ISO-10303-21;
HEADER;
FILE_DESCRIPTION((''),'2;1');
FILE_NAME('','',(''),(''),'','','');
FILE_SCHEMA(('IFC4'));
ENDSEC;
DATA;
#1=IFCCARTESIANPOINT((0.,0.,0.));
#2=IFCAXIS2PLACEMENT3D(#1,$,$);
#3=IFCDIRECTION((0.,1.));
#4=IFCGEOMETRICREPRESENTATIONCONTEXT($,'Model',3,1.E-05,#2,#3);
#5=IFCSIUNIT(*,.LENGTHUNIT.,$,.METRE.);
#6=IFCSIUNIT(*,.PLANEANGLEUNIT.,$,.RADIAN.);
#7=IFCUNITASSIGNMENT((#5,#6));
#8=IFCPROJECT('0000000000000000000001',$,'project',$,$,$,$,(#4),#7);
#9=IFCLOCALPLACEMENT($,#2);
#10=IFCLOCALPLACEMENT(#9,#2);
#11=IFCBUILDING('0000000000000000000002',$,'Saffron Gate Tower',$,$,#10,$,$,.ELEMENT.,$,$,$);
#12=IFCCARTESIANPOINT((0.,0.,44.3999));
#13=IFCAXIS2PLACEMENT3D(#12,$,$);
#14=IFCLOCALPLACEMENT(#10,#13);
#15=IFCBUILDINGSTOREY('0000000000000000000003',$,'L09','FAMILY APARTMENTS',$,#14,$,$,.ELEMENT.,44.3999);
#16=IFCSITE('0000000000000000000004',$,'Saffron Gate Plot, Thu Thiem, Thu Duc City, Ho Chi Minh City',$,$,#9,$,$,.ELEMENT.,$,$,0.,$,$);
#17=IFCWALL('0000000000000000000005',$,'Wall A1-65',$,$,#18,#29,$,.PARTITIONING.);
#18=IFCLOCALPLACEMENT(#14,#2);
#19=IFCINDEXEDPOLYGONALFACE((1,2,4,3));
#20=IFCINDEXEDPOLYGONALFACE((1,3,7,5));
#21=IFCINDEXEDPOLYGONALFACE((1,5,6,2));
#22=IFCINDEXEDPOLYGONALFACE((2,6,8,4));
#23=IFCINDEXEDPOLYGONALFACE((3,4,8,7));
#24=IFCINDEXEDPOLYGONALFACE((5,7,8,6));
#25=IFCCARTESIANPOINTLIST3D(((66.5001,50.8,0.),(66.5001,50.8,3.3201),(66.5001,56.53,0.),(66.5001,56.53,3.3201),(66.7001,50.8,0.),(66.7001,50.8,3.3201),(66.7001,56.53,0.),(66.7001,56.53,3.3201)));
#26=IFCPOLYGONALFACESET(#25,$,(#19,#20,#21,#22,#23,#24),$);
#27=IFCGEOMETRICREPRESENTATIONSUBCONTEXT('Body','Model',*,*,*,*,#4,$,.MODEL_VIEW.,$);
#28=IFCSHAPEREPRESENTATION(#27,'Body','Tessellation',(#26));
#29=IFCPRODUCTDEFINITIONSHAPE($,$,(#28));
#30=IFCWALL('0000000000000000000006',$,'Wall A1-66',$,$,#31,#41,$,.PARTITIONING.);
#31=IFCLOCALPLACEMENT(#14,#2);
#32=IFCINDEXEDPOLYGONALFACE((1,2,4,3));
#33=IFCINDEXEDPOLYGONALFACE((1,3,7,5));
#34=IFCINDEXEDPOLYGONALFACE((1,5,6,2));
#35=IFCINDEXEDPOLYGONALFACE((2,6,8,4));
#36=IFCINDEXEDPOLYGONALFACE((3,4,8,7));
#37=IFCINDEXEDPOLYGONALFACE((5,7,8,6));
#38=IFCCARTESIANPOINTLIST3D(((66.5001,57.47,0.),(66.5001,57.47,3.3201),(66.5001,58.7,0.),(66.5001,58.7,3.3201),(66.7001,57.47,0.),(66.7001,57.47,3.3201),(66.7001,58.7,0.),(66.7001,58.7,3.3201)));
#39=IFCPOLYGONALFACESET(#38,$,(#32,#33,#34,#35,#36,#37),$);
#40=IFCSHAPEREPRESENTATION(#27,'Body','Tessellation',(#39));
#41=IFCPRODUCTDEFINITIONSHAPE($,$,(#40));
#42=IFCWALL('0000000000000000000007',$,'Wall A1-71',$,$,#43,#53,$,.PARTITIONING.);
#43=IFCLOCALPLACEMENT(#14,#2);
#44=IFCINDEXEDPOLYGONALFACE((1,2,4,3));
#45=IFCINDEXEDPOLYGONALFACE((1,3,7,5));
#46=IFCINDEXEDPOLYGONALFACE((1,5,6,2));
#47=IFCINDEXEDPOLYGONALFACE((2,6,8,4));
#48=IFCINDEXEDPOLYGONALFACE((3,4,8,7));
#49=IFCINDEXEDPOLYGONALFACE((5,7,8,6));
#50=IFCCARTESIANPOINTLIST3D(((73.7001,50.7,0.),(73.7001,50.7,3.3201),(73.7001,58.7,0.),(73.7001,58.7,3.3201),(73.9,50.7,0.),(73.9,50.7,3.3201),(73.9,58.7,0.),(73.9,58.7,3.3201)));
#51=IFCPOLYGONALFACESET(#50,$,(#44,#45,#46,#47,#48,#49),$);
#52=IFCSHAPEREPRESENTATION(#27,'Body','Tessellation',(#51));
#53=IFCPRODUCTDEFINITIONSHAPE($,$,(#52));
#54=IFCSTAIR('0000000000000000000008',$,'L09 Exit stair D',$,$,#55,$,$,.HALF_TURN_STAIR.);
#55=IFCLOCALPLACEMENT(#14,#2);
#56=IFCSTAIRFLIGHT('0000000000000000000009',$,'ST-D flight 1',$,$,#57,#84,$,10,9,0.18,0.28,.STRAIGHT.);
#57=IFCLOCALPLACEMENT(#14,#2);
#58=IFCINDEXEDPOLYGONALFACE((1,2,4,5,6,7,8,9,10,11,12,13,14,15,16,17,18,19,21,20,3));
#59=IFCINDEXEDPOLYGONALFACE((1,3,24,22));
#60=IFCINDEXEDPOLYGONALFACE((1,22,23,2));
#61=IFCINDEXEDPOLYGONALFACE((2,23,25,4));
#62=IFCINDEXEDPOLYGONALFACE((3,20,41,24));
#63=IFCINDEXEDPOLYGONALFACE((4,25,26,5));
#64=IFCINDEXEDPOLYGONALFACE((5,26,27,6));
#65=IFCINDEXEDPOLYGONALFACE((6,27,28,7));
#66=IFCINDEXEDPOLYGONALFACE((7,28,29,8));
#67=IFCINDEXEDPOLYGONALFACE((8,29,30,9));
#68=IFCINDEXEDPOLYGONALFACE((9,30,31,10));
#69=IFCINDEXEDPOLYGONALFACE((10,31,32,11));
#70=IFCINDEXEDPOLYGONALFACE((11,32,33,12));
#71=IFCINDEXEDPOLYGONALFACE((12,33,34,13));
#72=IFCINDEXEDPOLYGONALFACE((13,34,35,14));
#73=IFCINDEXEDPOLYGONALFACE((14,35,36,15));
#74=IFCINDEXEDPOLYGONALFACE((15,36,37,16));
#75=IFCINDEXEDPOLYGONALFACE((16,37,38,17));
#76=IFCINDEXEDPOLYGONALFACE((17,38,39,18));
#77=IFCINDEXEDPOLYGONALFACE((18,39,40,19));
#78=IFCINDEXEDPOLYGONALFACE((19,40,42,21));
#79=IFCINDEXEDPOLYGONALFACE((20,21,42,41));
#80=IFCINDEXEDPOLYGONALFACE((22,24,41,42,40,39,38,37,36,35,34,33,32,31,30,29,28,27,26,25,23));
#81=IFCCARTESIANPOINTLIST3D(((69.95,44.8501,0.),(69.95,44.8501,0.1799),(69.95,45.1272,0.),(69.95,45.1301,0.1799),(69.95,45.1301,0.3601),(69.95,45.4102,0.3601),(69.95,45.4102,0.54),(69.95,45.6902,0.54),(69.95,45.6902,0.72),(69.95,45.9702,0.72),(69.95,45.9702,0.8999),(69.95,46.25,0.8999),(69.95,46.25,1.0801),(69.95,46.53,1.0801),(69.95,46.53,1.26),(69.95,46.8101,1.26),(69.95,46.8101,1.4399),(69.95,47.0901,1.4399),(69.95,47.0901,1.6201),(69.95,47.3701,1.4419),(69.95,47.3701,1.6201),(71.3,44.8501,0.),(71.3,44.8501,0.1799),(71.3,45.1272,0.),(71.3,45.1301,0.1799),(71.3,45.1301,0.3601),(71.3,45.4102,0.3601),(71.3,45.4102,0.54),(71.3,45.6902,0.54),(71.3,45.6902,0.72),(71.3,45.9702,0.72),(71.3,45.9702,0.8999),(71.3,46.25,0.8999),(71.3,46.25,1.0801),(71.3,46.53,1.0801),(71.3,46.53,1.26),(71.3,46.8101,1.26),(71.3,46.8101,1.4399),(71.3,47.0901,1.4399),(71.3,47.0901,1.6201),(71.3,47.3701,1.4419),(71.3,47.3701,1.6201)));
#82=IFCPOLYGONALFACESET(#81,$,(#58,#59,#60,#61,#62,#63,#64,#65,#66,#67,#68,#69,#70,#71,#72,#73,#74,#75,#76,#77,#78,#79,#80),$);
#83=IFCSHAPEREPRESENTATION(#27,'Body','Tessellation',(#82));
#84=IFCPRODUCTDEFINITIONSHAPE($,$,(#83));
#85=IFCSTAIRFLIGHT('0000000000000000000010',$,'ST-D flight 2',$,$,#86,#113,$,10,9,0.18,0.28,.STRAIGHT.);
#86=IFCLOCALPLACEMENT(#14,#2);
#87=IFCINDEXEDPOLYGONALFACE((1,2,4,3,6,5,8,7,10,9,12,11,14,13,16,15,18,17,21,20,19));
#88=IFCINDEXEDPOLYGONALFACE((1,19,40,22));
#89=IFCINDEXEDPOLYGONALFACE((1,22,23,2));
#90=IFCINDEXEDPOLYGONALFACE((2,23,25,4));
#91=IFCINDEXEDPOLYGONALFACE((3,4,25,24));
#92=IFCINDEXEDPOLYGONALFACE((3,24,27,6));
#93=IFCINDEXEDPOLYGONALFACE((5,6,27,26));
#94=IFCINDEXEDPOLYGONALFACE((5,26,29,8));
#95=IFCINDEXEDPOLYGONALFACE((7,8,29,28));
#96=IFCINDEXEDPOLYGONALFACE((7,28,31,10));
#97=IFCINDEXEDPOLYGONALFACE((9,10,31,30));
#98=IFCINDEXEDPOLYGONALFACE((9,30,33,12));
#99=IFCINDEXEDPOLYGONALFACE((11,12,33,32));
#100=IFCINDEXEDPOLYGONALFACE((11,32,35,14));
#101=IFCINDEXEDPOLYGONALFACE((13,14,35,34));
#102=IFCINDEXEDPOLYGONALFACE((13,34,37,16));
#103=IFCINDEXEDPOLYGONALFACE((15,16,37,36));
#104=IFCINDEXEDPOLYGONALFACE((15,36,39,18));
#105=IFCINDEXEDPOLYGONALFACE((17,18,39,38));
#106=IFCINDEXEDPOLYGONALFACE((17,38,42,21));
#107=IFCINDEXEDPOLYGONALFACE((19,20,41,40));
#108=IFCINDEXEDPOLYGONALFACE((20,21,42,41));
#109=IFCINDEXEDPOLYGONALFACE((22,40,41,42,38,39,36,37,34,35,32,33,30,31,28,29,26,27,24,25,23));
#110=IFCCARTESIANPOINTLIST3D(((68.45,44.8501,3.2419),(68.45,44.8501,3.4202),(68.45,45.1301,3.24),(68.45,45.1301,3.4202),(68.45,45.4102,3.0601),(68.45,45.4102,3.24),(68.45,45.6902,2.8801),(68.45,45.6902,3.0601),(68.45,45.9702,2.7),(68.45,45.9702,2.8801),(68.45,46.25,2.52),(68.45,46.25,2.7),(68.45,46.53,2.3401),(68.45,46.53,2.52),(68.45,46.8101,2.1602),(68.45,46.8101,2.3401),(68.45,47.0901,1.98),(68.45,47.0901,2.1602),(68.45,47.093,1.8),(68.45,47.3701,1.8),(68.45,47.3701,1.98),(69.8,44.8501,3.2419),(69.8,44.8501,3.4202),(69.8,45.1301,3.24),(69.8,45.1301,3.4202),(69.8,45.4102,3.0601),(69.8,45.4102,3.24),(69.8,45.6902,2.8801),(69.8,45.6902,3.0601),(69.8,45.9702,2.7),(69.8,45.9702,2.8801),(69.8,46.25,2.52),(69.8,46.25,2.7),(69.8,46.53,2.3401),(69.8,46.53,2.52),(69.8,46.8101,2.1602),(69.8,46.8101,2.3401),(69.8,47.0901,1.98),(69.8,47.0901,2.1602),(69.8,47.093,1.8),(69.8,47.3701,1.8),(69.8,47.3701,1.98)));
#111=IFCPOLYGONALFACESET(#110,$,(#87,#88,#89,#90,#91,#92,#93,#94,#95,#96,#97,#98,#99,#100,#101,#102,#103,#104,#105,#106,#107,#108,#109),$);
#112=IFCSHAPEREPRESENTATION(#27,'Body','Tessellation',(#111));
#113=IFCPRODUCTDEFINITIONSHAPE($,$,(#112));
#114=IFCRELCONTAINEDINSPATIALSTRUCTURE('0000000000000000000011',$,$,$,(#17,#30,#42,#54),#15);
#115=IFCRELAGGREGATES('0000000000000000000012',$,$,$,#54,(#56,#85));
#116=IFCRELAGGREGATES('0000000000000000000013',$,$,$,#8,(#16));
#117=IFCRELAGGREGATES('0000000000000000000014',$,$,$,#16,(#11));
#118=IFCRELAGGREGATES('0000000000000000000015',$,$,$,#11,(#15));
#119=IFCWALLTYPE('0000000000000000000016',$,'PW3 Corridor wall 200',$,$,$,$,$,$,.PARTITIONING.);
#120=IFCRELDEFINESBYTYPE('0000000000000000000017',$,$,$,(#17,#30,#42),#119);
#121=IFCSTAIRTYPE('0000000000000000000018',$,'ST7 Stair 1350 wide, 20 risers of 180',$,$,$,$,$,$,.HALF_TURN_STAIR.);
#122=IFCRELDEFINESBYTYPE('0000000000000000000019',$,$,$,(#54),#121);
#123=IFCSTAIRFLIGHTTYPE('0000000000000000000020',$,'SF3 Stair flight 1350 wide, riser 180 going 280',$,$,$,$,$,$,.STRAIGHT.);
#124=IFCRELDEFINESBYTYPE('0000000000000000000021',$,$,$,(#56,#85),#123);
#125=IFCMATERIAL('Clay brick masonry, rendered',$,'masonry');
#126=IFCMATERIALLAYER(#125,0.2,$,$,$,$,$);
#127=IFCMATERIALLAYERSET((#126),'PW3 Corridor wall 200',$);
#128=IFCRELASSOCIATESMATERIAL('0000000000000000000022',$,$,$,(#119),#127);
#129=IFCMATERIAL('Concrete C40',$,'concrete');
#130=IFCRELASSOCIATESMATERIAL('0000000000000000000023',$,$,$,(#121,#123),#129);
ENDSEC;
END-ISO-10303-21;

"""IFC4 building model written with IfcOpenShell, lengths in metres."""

from ifc_helpers import new_model, si_unit, direction, frame, frame_2d, origin, place, context, subcontext, project, spatial, polyline, rectangle, outline, extrude, material, layer, layer_set, type_object, element, aggregate, save


model = new_model("IFC4")

# Units and contexts
model_context = context("Model", 3, precision=1e-05, world=origin(), true_north=direction((0.0, 1.0)))
body_context = subcontext(model_context, "Body", "Model", "MODEL_VIEW")
ifc_project = project(units=[si_unit("LENGTHUNIT", "METRE"), si_unit("PLANEANGLEUNIT", "RADIAN")], contexts=[model_context])

# Site, building, storey
site_placement = place(None, origin())
site = spatial("IfcSite", under=ifc_project, at=site_placement, Name="Saffron Gate Plot, Thu Thiem, Thu Duc City, Ho Chi Minh City", CompositionType="ELEMENT", RefElevation=0.0)
building_placement = place(site_placement, origin())
building = spatial("IfcBuilding", under=site, at=building_placement, Name="Saffron Gate Tower", CompositionType="ELEMENT")
storey_placement = place(building_placement, frame((0.0, 0.0, 44.3999)))
storey = spatial("IfcBuildingStorey", under=building, at=storey_placement, Name="L09", Description="FAMILY APARTMENTS", CompositionType="ELEMENT", Elevation=44.3999)

# Shared definitions
ifc_material_1 = material(Name="Clay brick masonry, rendered", Category="masonry")
ifc_layer_1 = layer(ifc_material_1, 0.2)
ifc_layer_set_1 = layer_set([ifc_layer_1], Name="PW3 Corridor wall 200")
wall_type_1 = type_object("IfcWallType", Name="PW3 Corridor wall 200", PredefinedType="PARTITIONING", material=ifc_layer_set_1)

# Walls
wall_1_placement = place(storey_placement, frame((66.6001, 56.53, 0.0), z_axis=(0.0, 0.0, 1.0), x_axis=(0.0, -1.0, 0.0)))
element("IfcWall", 1, at=wall_1_placement, inside=storey, type_object=wall_type_1, Name="Wall A1-65", PredefinedType="PARTITIONING", context=body_context, shape_type="SweptSolid", body=[
    extrude(rectangle(XDim=5.73, YDim=0.2, at=frame_2d((2.865, 0.0))), origin(), (0.0, 0.0, 1.0), 3.3201),
])
wall_2_placement = place(storey_placement, frame((66.6001, 58.7, 0.0), z_axis=(0.0, 0.0, 1.0), x_axis=(0.0, -1.0, 0.0)))
element("IfcWall", 2, at=wall_2_placement, inside=storey, type_object=wall_type_1, Name="Wall A1-66", PredefinedType="PARTITIONING", context=body_context, shape_type="SweptSolid", body=[
    extrude(rectangle(XDim=1.23, YDim=0.2, at=frame_2d((0.615, 0.0))), origin(), (0.0, 0.0, 1.0), 3.3201),
])
wall_3_placement = place(storey_placement, frame((73.8, 58.7, 0.0), z_axis=(0.0, 0.0, 1.0), x_axis=(0.0, -1.0, 0.0)))
element("IfcWall", 3, at=wall_3_placement, inside=storey, type_object=wall_type_1, Name="Wall A1-71", PredefinedType="PARTITIONING", context=body_context, shape_type="SweptSolid", body=[
    extrude(rectangle(XDim=8.0, YDim=0.2, at=frame_2d((4.0, 0.0))), origin(), (0.0, 0.0, 1.0), 3.3201),
])

# Stair, stair flights
ifc_material_2 = material(Name="Concrete C40", Category="concrete")
stair_type = type_object("IfcStairType", Name="ST7 Stair 1350 wide, 20 risers of 180", PredefinedType="HALF_TURN_STAIR", material=ifc_material_2)
stair_placement = place(storey_placement, origin())
stair = element("IfcStair", 4, at=stair_placement, inside=storey, type_object=stair_type, Name="L09 Exit stair D", PredefinedType="HALF_TURN_STAIR")
stair_flight_type = type_object("IfcStairFlightType", Name="SF3 Stair flight 1350 wide, riser 180 going 280", PredefinedType="STRAIGHT", material=ifc_material_2)
stair_flight_1_placement = place(storey_placement, frame((70.625, 44.8501, 0.0), z_axis=(0.0, 0.0, 1.0), x_axis=(0.0, 1.0, 0.0)))
stair_flight_1 = element("IfcStairFlight", 5, at=stair_flight_1_placement, type_object=stair_flight_type, Name="ST-D flight 1", NumberOfRisers=10, NumberOfTreads=9, PredefinedType="STRAIGHT", RiserHeight=0.18, TreadLength=0.28, context=body_context, shape_type="SweptSolid", body=[
    extrude(outline(polyline([(0.0, 0.0), (0.0, 0.1799), (0.28, 0.1799), (0.28, 0.3601), (0.5601, 0.3601), (0.5601, 0.54), (0.8401, 0.54), (0.8401, 0.72), (1.1201, 0.72), (1.1201, 0.8999), (1.3999, 0.8999), (1.3999, 1.0801), (1.6799, 1.0801), (1.6799, 1.26), (1.96, 1.26), (1.96, 1.4399), (2.24, 1.4399), (2.24, 1.6201), (2.52, 1.6201), (2.52, 1.8), (2.52, 1.4419), (0.2771, 0.0), (0.0, 0.0)])), frame((0.0, 0.675, 0.0), z_axis=(0.0, -1.0, 0.0), x_axis=(1.0, 0.0, 0.0)), (0.0, 0.0, 1.0), 1.3501),
])
stair_flight_2_placement = place(storey_placement, frame((69.125, 47.3701, 1.8), z_axis=(0.0, 0.0, 1.0), x_axis=(0.0, -1.0, 0.0)))
stair_flight_2 = element("IfcStairFlight", 6, at=stair_flight_2_placement, type_object=stair_flight_type, Name="ST-D flight 2", NumberOfRisers=10, NumberOfTreads=9, PredefinedType="STRAIGHT", RiserHeight=0.18, TreadLength=0.28, context=body_context, shape_type="SweptSolid", body=[
    extrude(outline(polyline([(0.0, 0.0), (0.0, 0.1799), (0.28, 0.1799), (0.28, 0.3601), (0.5601, 0.3601), (0.5601, 0.54), (0.8401, 0.54), (0.8401, 0.72), (1.1201, 0.72), (1.1201, 0.8999), (1.3999, 0.8999), (1.3999, 1.0801), (1.6799, 1.0801), (1.6799, 1.26), (1.96, 1.26), (1.96, 1.4399), (2.24, 1.4399), (2.24, 1.6201), (2.52, 1.6201), (2.52, 1.8), (2.52, 1.4419), (0.2771, 0.0), (0.0, 0.0)])), frame((0.0, 0.675, 0.0), z_axis=(0.0, -1.0, 0.0), x_axis=(1.0, 0.0, 0.0)), (0.0, 0.0, 1.0), 1.3501),
])
aggregate(stair, [stair_flight_1, stair_flight_2])

save(model, "model.ifc")
